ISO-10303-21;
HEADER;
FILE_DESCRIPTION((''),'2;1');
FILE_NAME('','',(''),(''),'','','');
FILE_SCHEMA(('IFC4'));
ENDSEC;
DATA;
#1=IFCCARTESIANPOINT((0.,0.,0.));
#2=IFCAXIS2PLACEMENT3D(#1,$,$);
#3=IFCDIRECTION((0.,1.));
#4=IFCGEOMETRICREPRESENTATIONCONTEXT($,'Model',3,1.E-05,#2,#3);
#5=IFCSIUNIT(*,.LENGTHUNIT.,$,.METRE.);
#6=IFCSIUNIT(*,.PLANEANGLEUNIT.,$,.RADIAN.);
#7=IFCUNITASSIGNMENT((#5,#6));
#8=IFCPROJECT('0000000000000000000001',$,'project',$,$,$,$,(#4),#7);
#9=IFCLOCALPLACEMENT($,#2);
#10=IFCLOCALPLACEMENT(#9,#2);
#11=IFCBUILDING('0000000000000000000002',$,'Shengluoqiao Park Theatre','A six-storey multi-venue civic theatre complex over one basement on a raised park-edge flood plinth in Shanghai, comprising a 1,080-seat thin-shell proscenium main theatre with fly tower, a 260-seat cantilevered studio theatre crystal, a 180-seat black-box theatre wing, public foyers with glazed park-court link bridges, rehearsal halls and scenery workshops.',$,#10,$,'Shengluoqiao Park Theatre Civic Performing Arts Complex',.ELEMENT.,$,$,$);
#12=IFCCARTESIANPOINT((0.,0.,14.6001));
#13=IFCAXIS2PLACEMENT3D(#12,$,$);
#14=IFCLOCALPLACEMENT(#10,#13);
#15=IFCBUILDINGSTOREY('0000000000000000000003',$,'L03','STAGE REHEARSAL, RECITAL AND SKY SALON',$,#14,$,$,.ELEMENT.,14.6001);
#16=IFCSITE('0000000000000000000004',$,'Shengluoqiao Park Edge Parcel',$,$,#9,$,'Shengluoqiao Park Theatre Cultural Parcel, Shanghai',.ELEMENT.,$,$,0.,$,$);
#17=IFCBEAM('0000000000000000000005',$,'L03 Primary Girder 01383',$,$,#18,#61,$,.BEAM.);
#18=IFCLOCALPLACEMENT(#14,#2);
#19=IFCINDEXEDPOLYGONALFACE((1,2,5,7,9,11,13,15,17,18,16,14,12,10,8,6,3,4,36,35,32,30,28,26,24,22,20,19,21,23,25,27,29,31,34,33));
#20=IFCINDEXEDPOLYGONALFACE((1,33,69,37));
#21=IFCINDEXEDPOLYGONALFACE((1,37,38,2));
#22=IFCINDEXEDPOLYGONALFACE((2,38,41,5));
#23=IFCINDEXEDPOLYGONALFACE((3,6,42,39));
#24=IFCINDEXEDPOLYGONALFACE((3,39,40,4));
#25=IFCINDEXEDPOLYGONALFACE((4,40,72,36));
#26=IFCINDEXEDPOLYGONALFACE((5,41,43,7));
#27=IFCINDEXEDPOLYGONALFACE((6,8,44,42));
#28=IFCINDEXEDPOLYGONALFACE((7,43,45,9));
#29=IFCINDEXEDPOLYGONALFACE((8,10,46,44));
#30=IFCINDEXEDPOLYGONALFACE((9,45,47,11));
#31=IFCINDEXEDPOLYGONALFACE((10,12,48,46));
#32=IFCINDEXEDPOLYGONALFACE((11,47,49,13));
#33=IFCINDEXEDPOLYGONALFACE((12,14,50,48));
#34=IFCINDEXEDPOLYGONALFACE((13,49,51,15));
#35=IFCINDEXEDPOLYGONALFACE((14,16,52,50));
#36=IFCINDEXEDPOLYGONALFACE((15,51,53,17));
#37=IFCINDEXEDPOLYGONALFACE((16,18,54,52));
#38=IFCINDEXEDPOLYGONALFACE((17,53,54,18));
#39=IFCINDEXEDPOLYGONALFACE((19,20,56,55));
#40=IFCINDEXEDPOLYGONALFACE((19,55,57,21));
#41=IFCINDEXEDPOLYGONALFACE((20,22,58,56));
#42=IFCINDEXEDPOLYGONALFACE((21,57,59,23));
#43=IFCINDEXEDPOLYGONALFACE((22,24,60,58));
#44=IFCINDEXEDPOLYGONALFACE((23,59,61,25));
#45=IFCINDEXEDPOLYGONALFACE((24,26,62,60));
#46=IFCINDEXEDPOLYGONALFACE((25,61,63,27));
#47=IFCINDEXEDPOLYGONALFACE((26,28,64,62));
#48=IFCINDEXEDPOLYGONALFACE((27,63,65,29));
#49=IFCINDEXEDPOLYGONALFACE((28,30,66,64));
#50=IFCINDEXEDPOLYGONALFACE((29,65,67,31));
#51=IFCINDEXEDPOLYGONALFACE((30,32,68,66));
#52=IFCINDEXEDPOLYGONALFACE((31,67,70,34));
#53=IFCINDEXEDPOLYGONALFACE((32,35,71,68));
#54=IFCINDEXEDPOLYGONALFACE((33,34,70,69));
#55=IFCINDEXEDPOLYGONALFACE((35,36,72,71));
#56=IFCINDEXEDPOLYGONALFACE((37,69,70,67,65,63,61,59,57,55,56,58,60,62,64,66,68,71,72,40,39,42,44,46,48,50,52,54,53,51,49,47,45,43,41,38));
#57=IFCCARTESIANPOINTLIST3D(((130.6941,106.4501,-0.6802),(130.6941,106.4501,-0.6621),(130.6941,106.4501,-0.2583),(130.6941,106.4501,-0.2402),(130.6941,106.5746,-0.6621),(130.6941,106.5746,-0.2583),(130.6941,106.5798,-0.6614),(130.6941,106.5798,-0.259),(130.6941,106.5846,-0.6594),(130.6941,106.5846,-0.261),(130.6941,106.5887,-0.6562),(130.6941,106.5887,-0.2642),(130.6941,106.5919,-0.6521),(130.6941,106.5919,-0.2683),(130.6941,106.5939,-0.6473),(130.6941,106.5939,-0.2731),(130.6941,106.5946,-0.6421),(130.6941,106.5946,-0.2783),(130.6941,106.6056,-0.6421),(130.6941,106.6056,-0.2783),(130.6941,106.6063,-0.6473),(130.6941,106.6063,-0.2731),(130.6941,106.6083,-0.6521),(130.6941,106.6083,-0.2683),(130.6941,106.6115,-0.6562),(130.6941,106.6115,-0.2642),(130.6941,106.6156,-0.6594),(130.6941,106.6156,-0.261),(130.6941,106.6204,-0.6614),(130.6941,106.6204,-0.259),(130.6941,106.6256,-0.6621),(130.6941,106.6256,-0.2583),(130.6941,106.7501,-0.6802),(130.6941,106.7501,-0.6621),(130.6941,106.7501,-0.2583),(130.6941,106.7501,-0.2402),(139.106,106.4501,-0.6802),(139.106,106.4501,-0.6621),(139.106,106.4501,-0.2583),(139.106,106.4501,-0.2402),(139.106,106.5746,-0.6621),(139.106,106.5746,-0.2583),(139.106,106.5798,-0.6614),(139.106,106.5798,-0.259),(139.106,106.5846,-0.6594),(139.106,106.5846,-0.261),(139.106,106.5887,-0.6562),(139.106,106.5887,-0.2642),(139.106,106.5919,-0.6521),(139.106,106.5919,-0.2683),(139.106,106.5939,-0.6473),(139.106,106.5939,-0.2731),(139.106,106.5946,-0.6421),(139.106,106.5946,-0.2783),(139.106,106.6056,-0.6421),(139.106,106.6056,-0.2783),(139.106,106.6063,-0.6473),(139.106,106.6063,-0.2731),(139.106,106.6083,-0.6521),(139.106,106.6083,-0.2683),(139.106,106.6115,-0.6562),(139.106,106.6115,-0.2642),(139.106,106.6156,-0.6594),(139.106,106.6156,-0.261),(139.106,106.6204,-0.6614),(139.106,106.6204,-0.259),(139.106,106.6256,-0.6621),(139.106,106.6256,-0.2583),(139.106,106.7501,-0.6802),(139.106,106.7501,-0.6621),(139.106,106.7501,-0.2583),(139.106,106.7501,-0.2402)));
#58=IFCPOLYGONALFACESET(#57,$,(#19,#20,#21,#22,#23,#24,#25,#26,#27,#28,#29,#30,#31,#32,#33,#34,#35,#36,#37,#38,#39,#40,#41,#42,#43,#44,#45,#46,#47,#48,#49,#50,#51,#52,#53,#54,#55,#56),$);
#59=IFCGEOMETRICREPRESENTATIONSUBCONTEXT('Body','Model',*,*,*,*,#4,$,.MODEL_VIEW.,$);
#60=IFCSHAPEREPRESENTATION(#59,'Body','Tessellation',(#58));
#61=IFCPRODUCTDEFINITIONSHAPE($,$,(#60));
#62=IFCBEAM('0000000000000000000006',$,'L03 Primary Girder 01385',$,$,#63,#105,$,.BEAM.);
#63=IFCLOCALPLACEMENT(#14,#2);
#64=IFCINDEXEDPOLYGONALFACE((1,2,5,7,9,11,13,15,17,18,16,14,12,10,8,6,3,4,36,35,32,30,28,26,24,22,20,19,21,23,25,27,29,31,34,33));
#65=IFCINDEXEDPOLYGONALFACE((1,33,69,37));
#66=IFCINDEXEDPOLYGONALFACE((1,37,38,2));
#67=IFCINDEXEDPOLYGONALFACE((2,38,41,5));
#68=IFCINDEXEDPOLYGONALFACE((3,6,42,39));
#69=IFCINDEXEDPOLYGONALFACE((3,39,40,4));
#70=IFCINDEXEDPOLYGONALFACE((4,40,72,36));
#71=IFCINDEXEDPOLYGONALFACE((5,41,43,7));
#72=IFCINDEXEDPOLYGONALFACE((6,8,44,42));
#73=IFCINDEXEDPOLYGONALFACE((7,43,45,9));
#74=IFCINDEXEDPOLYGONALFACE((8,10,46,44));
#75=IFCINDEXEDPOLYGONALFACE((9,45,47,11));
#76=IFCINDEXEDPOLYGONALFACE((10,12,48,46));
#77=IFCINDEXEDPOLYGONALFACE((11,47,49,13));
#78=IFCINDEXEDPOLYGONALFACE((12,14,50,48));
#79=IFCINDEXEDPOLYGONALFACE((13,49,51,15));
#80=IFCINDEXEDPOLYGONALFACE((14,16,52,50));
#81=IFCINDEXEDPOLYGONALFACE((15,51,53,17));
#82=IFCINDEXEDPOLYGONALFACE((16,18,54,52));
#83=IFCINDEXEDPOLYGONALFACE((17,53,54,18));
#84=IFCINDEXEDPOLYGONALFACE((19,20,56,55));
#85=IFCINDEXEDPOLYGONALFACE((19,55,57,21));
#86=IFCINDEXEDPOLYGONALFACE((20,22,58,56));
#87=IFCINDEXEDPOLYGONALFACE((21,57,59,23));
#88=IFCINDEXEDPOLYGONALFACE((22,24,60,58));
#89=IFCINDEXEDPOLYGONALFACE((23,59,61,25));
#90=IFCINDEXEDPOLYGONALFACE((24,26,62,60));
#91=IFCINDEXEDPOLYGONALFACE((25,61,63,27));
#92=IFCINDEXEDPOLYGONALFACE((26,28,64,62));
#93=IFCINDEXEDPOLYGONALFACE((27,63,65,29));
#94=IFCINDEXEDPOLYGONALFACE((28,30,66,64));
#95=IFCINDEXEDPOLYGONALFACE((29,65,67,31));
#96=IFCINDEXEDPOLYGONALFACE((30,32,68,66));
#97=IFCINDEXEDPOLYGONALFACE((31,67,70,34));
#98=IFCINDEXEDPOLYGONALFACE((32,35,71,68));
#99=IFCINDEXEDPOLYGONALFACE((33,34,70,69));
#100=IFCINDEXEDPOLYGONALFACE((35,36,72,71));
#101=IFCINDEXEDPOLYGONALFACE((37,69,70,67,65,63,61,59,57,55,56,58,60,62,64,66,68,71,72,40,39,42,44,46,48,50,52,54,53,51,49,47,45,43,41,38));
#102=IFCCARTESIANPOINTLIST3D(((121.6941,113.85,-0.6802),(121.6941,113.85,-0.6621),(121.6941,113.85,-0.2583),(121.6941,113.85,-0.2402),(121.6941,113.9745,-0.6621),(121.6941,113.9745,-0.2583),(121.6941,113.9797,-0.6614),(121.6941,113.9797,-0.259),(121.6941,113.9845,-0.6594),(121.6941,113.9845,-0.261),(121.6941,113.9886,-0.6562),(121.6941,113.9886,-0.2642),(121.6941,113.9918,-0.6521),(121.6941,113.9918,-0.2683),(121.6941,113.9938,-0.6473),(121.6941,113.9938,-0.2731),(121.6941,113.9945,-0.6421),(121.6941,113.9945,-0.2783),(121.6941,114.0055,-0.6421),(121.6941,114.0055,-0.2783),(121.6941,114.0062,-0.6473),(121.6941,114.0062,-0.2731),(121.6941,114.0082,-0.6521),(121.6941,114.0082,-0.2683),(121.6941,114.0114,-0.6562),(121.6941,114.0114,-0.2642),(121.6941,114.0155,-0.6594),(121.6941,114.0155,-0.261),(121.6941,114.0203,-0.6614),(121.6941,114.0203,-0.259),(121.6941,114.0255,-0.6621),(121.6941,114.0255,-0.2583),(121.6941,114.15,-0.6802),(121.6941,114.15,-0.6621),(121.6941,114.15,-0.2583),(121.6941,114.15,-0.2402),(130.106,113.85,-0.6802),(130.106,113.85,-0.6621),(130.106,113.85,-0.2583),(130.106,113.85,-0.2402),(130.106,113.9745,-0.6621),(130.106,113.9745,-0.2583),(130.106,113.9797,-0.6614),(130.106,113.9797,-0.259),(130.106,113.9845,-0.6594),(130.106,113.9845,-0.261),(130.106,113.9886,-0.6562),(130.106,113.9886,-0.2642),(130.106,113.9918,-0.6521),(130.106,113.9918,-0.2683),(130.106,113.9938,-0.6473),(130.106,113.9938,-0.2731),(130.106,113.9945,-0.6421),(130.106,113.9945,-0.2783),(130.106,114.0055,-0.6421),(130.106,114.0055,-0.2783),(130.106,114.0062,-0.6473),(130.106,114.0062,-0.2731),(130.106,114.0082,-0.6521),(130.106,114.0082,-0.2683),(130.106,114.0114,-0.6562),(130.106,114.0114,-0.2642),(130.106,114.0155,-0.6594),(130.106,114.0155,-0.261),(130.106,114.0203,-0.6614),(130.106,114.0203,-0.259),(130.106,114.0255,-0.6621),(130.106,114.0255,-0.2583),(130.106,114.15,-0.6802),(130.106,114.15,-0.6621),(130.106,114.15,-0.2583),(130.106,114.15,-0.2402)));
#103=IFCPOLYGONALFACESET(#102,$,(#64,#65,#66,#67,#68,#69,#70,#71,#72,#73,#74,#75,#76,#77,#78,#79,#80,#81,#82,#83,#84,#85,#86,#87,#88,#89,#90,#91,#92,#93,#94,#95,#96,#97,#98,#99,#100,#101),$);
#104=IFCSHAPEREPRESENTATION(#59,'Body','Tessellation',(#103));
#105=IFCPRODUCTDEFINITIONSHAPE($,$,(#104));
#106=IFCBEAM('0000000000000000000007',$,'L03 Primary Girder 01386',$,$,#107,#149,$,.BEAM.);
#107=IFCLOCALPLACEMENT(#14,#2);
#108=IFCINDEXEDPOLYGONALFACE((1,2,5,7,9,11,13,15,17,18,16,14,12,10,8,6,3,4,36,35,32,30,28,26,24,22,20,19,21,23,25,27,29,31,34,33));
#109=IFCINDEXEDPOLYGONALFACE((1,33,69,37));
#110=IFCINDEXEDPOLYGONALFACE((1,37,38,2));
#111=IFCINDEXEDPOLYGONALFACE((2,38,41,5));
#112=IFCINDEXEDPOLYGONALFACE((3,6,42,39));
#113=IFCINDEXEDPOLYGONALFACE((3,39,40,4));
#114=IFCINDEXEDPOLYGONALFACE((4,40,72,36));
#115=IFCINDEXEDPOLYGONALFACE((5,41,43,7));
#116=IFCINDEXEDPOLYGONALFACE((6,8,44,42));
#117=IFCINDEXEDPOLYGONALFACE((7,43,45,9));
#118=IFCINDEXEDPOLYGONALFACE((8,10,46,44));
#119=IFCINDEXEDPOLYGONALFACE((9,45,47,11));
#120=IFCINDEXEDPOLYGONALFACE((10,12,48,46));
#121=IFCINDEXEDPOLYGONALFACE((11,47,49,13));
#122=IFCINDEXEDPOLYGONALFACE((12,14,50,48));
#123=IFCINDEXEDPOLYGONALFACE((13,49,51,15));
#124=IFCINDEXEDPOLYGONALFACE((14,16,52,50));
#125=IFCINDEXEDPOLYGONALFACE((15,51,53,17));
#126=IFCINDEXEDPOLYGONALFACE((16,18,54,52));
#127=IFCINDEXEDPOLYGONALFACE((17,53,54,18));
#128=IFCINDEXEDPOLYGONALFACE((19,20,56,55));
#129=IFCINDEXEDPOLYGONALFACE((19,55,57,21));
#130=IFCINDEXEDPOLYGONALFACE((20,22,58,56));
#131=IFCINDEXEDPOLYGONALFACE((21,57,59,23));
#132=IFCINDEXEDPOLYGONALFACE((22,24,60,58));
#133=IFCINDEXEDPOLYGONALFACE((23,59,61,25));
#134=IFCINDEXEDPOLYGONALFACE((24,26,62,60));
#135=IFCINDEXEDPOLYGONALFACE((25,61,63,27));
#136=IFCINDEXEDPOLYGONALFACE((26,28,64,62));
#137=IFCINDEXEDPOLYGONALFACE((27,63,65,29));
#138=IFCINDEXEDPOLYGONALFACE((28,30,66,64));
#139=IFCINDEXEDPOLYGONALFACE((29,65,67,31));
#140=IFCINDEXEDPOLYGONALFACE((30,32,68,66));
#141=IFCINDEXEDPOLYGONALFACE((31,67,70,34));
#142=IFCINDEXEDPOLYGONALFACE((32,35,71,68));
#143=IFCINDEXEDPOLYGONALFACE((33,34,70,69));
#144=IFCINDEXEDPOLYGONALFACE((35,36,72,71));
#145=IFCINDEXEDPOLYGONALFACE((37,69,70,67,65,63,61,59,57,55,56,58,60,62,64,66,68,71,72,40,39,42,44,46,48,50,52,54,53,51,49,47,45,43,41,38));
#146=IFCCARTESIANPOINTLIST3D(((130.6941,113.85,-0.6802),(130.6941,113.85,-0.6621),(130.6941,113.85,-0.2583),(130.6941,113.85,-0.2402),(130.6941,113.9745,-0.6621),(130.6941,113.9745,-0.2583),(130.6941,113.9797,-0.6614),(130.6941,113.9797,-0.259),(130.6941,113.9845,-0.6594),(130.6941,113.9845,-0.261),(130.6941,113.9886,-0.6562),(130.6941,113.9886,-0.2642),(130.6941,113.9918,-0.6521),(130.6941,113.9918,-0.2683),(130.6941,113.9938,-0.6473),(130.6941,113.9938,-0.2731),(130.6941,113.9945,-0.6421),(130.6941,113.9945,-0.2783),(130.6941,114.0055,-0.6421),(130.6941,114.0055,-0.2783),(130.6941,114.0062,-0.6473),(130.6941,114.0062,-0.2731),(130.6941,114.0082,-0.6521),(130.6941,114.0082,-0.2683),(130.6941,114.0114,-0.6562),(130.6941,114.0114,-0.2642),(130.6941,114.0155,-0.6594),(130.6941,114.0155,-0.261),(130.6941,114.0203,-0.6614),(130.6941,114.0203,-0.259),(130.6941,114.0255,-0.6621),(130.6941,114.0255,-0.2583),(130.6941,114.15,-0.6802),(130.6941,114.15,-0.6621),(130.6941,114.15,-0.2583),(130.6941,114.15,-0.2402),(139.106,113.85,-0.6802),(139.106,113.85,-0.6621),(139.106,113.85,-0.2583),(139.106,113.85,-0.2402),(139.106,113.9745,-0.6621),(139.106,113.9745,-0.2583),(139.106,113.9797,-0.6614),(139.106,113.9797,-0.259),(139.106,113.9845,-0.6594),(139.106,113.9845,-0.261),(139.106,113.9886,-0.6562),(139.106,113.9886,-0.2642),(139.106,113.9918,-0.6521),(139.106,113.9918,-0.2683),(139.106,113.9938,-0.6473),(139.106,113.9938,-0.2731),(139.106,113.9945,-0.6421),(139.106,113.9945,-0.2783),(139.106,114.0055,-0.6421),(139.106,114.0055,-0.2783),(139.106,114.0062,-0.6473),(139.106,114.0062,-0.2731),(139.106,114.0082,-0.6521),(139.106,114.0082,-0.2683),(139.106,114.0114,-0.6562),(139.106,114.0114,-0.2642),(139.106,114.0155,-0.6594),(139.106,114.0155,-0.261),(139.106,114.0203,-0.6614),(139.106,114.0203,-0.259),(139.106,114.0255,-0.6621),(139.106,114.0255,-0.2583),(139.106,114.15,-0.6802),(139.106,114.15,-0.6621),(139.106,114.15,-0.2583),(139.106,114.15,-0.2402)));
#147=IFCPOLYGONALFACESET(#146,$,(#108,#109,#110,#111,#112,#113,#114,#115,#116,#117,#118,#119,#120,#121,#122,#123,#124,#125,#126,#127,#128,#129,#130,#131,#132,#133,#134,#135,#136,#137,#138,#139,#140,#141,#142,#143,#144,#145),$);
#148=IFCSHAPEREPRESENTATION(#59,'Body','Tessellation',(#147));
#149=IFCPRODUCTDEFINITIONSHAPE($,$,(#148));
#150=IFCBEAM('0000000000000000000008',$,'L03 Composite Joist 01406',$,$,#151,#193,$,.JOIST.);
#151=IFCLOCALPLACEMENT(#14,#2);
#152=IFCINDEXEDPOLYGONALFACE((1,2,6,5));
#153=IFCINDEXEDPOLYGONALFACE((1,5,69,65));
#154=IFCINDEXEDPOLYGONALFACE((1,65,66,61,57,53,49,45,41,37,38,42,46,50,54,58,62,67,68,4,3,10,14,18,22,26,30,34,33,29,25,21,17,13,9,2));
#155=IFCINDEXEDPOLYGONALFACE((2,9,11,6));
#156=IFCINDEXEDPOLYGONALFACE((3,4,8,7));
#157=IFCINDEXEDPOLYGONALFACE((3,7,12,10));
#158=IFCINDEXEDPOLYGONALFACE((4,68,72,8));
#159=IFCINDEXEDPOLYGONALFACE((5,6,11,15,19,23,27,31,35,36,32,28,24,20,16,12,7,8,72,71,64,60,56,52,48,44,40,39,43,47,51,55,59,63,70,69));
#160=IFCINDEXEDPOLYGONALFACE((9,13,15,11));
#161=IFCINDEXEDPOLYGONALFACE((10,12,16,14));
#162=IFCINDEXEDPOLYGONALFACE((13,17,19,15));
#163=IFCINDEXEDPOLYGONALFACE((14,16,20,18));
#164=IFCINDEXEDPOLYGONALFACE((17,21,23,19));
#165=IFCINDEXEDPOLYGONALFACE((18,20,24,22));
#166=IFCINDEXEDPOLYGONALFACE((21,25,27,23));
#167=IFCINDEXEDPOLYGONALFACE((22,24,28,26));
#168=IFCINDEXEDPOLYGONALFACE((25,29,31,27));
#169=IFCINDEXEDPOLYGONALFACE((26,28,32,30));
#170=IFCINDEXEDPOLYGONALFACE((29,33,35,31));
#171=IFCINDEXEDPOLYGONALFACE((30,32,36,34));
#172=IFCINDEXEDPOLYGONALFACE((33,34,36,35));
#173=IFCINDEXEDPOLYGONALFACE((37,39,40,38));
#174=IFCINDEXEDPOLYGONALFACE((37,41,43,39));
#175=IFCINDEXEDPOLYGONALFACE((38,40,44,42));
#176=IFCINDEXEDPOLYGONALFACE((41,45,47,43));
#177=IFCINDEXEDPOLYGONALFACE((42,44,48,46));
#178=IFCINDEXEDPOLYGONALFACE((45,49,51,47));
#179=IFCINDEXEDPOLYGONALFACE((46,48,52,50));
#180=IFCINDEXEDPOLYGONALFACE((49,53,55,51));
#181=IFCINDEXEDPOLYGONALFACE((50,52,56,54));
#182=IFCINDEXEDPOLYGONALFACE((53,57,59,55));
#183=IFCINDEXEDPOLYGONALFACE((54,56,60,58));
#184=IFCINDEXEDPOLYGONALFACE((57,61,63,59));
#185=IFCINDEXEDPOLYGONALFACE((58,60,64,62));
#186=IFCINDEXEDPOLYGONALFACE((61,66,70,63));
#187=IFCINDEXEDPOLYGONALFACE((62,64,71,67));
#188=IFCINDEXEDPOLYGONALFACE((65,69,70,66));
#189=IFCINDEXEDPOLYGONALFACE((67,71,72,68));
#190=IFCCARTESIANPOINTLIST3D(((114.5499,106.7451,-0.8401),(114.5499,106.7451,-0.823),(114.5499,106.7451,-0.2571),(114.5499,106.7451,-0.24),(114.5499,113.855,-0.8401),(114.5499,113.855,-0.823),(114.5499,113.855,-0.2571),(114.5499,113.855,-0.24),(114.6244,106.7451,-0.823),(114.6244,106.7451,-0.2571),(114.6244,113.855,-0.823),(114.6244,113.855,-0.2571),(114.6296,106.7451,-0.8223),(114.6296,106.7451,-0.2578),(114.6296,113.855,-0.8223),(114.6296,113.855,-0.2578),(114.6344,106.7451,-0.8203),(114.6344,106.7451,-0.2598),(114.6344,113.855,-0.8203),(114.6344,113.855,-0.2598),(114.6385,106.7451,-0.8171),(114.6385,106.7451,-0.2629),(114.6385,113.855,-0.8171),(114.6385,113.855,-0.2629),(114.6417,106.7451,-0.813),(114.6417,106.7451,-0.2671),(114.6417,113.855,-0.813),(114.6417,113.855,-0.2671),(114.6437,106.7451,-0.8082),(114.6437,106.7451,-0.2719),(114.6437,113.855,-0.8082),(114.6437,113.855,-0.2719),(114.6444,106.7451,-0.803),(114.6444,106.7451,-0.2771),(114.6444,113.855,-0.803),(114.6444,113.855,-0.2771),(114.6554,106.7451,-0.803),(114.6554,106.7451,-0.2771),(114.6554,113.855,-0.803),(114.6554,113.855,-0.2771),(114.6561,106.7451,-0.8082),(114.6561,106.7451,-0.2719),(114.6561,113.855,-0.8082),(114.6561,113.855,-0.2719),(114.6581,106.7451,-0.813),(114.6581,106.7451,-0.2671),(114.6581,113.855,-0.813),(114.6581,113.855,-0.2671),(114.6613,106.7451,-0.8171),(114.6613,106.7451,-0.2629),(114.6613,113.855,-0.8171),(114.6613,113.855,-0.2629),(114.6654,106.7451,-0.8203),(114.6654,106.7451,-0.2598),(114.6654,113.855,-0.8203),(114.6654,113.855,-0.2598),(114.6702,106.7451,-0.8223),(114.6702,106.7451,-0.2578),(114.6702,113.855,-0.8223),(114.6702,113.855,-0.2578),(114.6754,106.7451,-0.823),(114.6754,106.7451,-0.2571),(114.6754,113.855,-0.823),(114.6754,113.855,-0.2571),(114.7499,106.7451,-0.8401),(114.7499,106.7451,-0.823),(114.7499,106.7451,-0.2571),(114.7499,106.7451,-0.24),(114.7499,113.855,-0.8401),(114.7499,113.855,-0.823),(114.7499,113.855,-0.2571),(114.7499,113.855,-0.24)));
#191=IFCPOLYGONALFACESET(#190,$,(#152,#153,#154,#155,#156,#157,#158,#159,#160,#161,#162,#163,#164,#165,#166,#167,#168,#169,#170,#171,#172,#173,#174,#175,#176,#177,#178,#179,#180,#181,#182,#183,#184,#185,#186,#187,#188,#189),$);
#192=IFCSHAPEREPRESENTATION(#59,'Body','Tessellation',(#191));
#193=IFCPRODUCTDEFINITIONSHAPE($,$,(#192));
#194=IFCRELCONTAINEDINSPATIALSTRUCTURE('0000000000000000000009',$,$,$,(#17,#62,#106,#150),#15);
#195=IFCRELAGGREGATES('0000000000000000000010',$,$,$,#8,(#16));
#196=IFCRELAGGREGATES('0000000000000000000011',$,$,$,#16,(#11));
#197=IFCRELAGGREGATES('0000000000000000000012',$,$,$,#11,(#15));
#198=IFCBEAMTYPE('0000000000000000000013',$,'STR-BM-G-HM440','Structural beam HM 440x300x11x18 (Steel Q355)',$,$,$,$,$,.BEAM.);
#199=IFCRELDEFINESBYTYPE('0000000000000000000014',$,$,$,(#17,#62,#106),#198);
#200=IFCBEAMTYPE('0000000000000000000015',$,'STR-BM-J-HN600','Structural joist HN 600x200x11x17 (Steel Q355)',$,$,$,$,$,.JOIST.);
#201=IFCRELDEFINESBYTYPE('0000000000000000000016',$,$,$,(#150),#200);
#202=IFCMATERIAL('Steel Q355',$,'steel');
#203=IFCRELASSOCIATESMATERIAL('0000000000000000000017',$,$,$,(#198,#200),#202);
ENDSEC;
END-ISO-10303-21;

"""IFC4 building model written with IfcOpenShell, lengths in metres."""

from ifc_helpers import new_model, si_unit, direction, frame, origin, origin_2d, place, context, subcontext, project, spatial, i_section, extrude, material, material_profile, profile_set, type_object, element, save


model = new_model("IFC4")

# Units and contexts
model_context = context("Model", 3, precision=1e-05, world=origin(), true_north=direction((0.0, 1.0)))
body_context = subcontext(model_context, "Body", "Model", "MODEL_VIEW")
ifc_project = project(units=[si_unit("LENGTHUNIT", "METRE"), si_unit("PLANEANGLEUNIT", "RADIAN")], contexts=[model_context])

# Site, building, storey
site_placement = place(None, origin())
site = spatial("IfcSite", under=ifc_project, at=site_placement, Name="Shengluoqiao Park Edge Parcel", LongName="Shengluoqiao Park Theatre Cultural Parcel, Shanghai", CompositionType="ELEMENT", RefElevation=0.0)
building_placement = place(site_placement, origin())
building = spatial("IfcBuilding", under=site, at=building_placement, Name="Shengluoqiao Park Theatre", Description="A six-storey multi-venue civic theatre complex over one basement on a raised park-edge flood plinth in Shanghai, comprising a 1,080-seat thin-shell proscenium main theatre with fly tower, a 260-seat cantilevered studio theatre crystal, a 180-seat black-box theatre wing, public foyers with glazed park-court link bridges, rehearsal halls and scenery workshops.", LongName="Shengluoqiao Park Theatre Civic Performing Arts Complex", CompositionType="ELEMENT")
storey_placement = place(building_placement, frame((0.0, 0.0, 14.6001)))
storey = spatial("IfcBuildingStorey", under=building, at=storey_placement, Name="L03", Description="STAGE REHEARSAL, RECITAL AND SKY SALON", CompositionType="ELEMENT", Elevation=14.6001)

# Beams
ifc_material_1 = material(Name="Steel Q355", Category="steel")
ifc_material_profile_1 = material_profile(ifc_material_1, i_section(OverallWidth=0.3, OverallDepth=0.4399, WebThickness=0.011, FlangeThickness=0.0181, FilletRadius=0.02, at=origin_2d()), Name="HM 440x300x11x18")
ifc_profile_set_1 = profile_set([ifc_material_profile_1], Name="Steel Q355")
beam_type_1 = type_object("IfcBeamType", Name="STR-BM-G-HM440", Description="Structural beam HM 440x300x11x18 (Steel Q355)", PredefinedType="BEAM", material=ifc_profile_set_1)
for number, where, z_axis, x_axis, name in (
    (1, (130.6941, 106.6001, -0.4602), (1.0, 0.0, 0.0), (0.0, 1.0, 0.0), "L03 Primary Girder 01383"),
    (2, (121.6941, 114.0, -0.4602), (1.0, 0.0, 0.0), (0.0, 1.0, 0.0), "L03 Primary Girder 01385"),
    (3, (130.6941, 114.0, -0.4602), (1.0, 0.0, 0.0), (0.0, 1.0, 0.0), "L03 Primary Girder 01386"),
):
    element("IfcBeam", number, at=place(storey_placement, frame(where, z_axis=z_axis, x_axis=x_axis)), inside=storey, type_object=beam_type_1, Name=name, PredefinedType="BEAM", context=body_context, shape_type="SweptSolid", body=[
        extrude(i_section(OverallWidth=0.3, OverallDepth=0.4399, WebThickness=0.011, FlangeThickness=0.0181, FilletRadius=0.02, at=origin_2d()), origin(), (0.0, 0.0, 1.0), 8.4119),
    ])
ifc_material_profile_2 = material_profile(ifc_material_1, i_section(OverallWidth=0.2, OverallDepth=0.6001, WebThickness=0.011, FlangeThickness=0.0171, FilletRadius=0.02, at=origin_2d()), Name="HN 600x200x11x17")
ifc_profile_set_2 = profile_set([ifc_material_profile_2], Name="Steel Q355")
beam_type_2 = type_object("IfcBeamType", Name="STR-BM-J-HN600", Description="Structural joist HN 600x200x11x17 (Steel Q355)", PredefinedType="JOIST", material=ifc_profile_set_2)
for number, where, z_axis, x_axis, name in (
    (4, (114.6499, 106.7451, -0.54), (0.0, 1.0, 0.0), (-1.0, 0.0, 0.0), "L03 Composite Joist 01406"),
):
    element("IfcBeam", number, at=place(storey_placement, frame(where, z_axis=z_axis, x_axis=x_axis)), inside=storey, type_object=beam_type_2, Name=name, PredefinedType="JOIST", context=body_context, shape_type="SweptSolid", body=[
        extrude(i_section(OverallWidth=0.2, OverallDepth=0.6001, WebThickness=0.011, FlangeThickness=0.0171, FilletRadius=0.02, at=origin_2d()), origin(), (0.0, 0.0, 1.0), 7.1099),
    ])

save(model, "model.ifc")
